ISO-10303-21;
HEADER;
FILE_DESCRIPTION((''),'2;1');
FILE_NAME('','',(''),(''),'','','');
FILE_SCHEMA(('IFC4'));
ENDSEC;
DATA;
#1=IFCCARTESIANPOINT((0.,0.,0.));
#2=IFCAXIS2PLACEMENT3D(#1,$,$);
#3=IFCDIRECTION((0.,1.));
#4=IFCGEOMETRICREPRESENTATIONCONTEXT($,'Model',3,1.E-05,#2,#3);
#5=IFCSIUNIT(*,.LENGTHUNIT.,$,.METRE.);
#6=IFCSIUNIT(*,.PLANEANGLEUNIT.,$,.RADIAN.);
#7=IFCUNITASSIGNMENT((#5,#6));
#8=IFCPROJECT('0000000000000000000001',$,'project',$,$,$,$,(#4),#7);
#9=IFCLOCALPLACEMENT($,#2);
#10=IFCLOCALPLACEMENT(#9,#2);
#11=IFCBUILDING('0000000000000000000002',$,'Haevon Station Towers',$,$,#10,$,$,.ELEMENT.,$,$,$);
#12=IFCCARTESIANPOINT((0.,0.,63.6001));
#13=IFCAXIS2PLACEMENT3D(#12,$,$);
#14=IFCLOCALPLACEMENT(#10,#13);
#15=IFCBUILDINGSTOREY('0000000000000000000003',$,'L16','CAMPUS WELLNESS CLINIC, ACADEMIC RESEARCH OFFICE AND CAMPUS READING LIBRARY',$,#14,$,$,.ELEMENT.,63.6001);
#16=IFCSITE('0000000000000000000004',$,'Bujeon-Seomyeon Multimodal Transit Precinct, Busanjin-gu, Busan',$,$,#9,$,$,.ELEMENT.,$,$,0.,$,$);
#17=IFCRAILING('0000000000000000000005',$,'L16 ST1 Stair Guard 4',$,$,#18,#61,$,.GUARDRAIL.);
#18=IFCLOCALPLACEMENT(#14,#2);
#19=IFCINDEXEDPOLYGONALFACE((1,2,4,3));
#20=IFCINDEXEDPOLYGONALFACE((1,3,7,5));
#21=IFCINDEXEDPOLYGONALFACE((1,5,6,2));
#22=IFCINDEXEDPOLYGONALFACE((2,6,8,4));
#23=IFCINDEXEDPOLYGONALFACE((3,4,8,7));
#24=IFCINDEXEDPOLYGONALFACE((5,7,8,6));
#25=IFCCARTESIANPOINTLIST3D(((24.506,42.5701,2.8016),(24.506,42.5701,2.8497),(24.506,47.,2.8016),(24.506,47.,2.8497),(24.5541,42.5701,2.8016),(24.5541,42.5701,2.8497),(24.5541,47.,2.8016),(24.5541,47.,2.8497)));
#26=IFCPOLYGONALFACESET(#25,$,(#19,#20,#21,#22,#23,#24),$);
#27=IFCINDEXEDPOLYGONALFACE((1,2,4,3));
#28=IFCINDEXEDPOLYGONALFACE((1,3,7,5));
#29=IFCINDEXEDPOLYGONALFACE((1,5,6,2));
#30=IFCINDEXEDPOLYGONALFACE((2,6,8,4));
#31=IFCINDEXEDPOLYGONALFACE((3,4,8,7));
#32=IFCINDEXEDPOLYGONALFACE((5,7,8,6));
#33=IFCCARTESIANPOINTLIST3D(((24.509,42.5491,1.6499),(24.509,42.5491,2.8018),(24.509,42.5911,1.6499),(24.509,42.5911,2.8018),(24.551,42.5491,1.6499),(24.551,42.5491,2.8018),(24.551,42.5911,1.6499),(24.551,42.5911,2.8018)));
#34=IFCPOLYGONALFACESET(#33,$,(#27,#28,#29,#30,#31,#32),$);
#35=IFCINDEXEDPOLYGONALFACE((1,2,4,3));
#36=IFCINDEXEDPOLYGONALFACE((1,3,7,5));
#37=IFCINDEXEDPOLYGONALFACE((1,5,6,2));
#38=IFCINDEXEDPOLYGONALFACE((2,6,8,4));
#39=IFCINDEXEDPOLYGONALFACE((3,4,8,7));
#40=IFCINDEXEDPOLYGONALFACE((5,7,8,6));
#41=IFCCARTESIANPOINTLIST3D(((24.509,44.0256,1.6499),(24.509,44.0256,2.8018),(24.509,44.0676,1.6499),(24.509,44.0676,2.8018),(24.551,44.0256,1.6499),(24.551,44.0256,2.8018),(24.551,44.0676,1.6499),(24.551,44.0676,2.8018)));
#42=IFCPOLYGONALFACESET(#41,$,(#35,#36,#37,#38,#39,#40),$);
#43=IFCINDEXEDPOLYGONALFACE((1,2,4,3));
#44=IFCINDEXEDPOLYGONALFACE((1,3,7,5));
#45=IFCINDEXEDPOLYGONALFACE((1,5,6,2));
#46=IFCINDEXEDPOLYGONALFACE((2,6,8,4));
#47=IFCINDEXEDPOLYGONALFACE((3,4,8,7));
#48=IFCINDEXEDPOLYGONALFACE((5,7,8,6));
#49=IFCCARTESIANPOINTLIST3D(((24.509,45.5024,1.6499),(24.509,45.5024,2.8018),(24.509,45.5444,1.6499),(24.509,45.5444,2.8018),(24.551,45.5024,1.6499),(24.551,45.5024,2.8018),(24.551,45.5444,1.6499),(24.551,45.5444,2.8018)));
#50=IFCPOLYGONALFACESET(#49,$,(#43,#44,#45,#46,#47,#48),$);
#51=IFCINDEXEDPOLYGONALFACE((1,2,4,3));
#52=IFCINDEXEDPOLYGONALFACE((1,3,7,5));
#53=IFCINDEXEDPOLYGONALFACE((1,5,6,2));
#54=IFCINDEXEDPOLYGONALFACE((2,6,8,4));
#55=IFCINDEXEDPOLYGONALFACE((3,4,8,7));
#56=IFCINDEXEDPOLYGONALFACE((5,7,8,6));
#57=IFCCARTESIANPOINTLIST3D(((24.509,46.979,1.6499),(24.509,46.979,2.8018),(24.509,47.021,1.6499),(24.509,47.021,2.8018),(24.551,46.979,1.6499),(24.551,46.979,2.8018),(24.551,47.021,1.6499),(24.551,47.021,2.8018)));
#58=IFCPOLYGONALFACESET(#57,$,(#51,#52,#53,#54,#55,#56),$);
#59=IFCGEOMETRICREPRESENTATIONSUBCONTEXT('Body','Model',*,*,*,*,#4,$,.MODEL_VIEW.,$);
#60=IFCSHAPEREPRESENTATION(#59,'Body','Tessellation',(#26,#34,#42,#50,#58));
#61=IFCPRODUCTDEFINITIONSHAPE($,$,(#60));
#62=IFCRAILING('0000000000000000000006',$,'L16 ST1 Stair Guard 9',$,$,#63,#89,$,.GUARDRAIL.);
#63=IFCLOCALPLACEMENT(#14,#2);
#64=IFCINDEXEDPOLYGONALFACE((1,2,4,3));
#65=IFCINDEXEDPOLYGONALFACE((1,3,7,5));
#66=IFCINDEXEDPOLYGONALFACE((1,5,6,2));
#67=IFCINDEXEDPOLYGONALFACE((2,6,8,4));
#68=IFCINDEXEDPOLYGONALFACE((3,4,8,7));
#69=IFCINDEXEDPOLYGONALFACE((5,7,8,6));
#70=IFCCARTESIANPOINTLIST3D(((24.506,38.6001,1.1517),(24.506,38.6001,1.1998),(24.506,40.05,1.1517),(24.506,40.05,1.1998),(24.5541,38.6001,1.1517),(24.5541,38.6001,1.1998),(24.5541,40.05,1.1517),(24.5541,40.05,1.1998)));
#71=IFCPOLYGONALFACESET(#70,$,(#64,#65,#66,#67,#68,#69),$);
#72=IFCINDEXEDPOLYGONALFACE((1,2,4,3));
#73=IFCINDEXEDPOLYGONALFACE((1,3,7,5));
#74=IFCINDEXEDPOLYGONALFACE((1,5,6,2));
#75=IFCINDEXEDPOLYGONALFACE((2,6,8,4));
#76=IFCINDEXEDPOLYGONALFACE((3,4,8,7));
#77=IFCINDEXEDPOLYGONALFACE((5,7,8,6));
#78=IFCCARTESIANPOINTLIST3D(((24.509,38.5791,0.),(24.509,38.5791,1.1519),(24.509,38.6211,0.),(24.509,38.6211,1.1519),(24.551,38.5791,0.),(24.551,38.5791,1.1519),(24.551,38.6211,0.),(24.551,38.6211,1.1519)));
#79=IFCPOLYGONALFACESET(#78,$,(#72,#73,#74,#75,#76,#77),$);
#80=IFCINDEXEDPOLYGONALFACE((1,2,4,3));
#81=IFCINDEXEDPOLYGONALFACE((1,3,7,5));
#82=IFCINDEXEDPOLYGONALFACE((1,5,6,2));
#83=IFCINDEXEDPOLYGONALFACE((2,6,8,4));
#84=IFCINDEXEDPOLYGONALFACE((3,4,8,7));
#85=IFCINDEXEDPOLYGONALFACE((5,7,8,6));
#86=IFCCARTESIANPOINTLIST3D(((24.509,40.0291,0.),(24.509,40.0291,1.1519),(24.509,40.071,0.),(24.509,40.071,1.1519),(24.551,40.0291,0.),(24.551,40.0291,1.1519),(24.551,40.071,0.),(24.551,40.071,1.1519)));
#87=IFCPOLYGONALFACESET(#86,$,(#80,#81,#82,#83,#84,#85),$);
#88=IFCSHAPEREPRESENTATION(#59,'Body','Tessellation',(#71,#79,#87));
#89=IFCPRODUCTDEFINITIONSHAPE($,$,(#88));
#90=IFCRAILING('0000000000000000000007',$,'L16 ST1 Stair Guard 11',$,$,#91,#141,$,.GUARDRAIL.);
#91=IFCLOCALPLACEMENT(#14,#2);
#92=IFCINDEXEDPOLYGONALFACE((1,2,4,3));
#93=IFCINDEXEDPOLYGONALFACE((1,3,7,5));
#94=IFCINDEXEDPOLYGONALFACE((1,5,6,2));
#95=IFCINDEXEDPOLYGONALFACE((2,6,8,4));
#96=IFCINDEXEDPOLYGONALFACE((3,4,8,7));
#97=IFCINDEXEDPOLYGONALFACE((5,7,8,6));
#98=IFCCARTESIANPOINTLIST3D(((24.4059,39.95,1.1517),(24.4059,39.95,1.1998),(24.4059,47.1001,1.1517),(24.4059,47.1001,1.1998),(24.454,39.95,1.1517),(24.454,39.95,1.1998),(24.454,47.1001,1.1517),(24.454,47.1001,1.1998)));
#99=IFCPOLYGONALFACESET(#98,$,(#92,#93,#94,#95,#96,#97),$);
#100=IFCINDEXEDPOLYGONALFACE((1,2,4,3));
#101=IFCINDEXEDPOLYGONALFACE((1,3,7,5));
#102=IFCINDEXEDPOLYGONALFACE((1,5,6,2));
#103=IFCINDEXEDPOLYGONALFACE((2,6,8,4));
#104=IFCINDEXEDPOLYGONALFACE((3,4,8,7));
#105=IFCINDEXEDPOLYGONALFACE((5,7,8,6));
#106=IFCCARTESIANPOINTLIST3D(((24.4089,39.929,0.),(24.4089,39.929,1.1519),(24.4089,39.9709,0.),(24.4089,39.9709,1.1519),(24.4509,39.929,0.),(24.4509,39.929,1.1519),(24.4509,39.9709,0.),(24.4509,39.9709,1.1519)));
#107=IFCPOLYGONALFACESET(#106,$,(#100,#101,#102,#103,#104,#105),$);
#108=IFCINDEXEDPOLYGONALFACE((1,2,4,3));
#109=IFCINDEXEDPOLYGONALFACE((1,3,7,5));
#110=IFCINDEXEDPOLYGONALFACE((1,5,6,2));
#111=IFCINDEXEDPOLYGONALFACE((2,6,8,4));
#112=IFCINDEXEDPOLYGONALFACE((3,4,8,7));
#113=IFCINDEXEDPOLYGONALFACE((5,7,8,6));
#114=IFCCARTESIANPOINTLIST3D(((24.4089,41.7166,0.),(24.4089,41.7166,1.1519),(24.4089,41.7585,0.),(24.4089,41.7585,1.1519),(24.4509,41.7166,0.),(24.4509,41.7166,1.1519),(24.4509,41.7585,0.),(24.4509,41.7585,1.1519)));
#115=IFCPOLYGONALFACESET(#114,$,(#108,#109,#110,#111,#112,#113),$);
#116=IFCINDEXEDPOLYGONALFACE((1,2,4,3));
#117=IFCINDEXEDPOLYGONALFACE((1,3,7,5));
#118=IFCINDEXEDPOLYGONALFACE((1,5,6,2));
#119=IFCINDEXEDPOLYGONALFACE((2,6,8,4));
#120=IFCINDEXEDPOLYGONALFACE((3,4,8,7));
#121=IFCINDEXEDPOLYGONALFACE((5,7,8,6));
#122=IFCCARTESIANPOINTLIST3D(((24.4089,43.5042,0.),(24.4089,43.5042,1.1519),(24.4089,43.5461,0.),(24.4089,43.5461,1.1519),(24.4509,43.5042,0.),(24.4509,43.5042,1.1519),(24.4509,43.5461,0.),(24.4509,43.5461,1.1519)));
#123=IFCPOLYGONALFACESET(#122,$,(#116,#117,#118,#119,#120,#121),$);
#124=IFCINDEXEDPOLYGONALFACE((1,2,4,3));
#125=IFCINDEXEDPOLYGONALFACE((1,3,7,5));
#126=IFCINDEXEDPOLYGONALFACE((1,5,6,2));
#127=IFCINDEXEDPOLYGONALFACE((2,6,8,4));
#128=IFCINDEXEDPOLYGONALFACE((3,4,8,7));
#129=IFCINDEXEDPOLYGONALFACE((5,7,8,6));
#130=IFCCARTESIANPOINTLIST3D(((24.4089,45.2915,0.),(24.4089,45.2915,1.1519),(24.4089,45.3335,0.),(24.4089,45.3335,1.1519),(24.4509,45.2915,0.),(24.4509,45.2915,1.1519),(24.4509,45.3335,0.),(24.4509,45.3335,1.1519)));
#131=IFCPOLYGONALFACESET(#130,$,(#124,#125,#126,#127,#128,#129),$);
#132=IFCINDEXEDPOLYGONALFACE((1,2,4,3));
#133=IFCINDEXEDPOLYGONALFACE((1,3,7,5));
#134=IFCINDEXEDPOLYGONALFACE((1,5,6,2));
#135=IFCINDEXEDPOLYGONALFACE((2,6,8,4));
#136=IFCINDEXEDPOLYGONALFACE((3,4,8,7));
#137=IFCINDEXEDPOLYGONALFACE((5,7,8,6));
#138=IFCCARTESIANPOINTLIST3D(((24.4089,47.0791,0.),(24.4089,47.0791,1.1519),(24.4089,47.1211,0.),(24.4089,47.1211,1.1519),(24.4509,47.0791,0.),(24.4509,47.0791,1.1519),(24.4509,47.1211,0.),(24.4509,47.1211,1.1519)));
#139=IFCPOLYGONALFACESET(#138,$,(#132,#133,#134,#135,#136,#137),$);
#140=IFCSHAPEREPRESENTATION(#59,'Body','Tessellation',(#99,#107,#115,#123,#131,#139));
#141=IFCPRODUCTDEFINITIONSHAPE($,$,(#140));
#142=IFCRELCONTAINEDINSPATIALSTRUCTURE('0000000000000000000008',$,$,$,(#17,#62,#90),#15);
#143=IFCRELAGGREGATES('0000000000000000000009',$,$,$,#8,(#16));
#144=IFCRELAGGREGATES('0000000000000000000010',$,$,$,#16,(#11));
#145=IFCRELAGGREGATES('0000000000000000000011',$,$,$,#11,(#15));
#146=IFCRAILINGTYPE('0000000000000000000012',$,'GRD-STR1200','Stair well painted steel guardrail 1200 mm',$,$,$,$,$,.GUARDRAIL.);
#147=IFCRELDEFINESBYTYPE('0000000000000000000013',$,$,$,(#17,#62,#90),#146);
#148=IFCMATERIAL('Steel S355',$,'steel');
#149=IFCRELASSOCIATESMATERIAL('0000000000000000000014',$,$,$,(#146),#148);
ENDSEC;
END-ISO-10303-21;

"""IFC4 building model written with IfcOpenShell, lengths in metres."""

from ifc_helpers import new_model, si_unit, direction, frame, origin, origin_2d, place, context, subcontext, project, spatial, rectangle, extrude, material, type_object, element, save


model = new_model("IFC4")

# Units and contexts
model_context = context("Model", 3, precision=1e-05, world=origin(), true_north=direction((0.0, 1.0)))
body_context = subcontext(model_context, "Body", "Model", "MODEL_VIEW")
ifc_project = project(units=[si_unit("LENGTHUNIT", "METRE"), si_unit("PLANEANGLEUNIT", "RADIAN")], contexts=[model_context])

# Site, building, storey
site_placement = place(None, origin())
site = spatial("IfcSite", under=ifc_project, at=site_placement, Name="Bujeon-Seomyeon Multimodal Transit Precinct, Busanjin-gu, Busan", CompositionType="ELEMENT", RefElevation=0.0)
building_placement = place(site_placement, origin())
building = spatial("IfcBuilding", under=site, at=building_placement, Name="Haevon Station Towers", CompositionType="ELEMENT")
storey_placement = place(building_placement, frame((0.0, 0.0, 63.6001)))
storey = spatial("IfcBuildingStorey", under=building, at=storey_placement, Name="L16", Description="CAMPUS WELLNESS CLINIC, ACADEMIC RESEARCH OFFICE AND CAMPUS READING LIBRARY", CompositionType="ELEMENT", Elevation=63.6001)

# Shared definitions
ifc_material_1 = material(Name="Steel S355", Category="steel")

# Railings
railing_type = type_object("IfcRailingType", Name="GRD-STR1200", Description="Stair well painted steel guardrail 1200 mm", PredefinedType="GUARDRAIL", material=ifc_material_1)
railing_1_placement = place(storey_placement, frame((24.53, 42.5701, 1.6499)))
element("IfcRailing", 1, at=railing_1_placement, inside=storey, type_object=railing_type, Name="L16 ST1 Stair Guard 4", PredefinedType="GUARDRAIL", context=body_context, shape_type="SweptSolid", body=[
    extrude(rectangle(XDim=0.0481, YDim=0.0481, at=origin_2d()), frame((0.0, 0.0, 1.1758), z_axis=(0.0, 1.0, 0.0), x_axis=(-1.0, 0.0, 0.0)), (0.0, 0.0, 1.0), 4.4299),
    extrude(rectangle(XDim=0.042, YDim=0.042, at=origin_2d()), origin(), (0.0, 0.0, 1.0), 1.1519),
    extrude(rectangle(XDim=0.042, YDim=0.042, at=origin_2d()), frame((0.0, 1.4766, 0.0)), (0.0, 0.0, 1.0), 1.1519),
    extrude(rectangle(XDim=0.042, YDim=0.042, at=origin_2d()), frame((0.0, 2.9534, 0.0)), (0.0, 0.0, 1.0), 1.1519),
    extrude(rectangle(XDim=0.042, YDim=0.042, at=origin_2d()), frame((0.0, 4.4299, 0.0)), (0.0, 0.0, 1.0), 1.1519),
])
railing_2_placement = place(storey_placement, frame((24.53, 38.6001, 0.0)))
element("IfcRailing", 2, at=railing_2_placement, inside=storey, type_object=railing_type, Name="L16 ST1 Stair Guard 9", PredefinedType="GUARDRAIL", context=body_context, shape_type="SweptSolid", body=[
    extrude(rectangle(XDim=0.0481, YDim=0.0481, at=origin_2d()), frame((0.0, 0.0, 1.1758), z_axis=(0.0, 1.0, 0.0), x_axis=(-1.0, 0.0, 0.0)), (0.0, 0.0, 1.0), 1.45),
    extrude(rectangle(XDim=0.042, YDim=0.042, at=origin_2d()), origin(), (0.0, 0.0, 1.0), 1.1519),
    extrude(rectangle(XDim=0.042, YDim=0.042, at=origin_2d()), frame((0.0, 1.45, 0.0)), (0.0, 0.0, 1.0), 1.1519),
])
railing_3_placement = place(storey_placement, frame((24.4299, 39.95, 0.0)))
element("IfcRailing", 3, at=railing_3_placement, inside=storey, type_object=railing_type, Name="L16 ST1 Stair Guard 11", PredefinedType="GUARDRAIL", context=body_context, shape_type="SweptSolid", body=[
    extrude(rectangle(XDim=0.0481, YDim=0.0481, at=origin_2d()), frame((0.0, 0.0, 1.1758), z_axis=(0.0, 1.0, 0.0), x_axis=(-1.0, 0.0, 0.0)), (0.0, 0.0, 1.0), 7.1501),
    extrude(rectangle(XDim=0.042, YDim=0.042, at=origin_2d()), origin(), (0.0, 0.0, 1.0), 1.1519),
    extrude(rectangle(XDim=0.042, YDim=0.042, at=origin_2d()), frame((0.0, 1.7876, 0.0)), (0.0, 0.0, 1.0), 1.1519),
    extrude(rectangle(XDim=0.042, YDim=0.042, at=origin_2d()), frame((0.0, 3.5752, 0.0)), (0.0, 0.0, 1.0), 1.1519),
    extrude(rectangle(XDim=0.042, YDim=0.042, at=origin_2d()), frame((0.0, 5.3625, 0.0)), (0.0, 0.0, 1.0), 1.1519),
    extrude(rectangle(XDim=0.042, YDim=0.042, at=origin_2d()), frame((0.0, 7.1501, 0.0)), (0.0, 0.0, 1.0), 1.1519),
])

save(model, "model.ifc")
